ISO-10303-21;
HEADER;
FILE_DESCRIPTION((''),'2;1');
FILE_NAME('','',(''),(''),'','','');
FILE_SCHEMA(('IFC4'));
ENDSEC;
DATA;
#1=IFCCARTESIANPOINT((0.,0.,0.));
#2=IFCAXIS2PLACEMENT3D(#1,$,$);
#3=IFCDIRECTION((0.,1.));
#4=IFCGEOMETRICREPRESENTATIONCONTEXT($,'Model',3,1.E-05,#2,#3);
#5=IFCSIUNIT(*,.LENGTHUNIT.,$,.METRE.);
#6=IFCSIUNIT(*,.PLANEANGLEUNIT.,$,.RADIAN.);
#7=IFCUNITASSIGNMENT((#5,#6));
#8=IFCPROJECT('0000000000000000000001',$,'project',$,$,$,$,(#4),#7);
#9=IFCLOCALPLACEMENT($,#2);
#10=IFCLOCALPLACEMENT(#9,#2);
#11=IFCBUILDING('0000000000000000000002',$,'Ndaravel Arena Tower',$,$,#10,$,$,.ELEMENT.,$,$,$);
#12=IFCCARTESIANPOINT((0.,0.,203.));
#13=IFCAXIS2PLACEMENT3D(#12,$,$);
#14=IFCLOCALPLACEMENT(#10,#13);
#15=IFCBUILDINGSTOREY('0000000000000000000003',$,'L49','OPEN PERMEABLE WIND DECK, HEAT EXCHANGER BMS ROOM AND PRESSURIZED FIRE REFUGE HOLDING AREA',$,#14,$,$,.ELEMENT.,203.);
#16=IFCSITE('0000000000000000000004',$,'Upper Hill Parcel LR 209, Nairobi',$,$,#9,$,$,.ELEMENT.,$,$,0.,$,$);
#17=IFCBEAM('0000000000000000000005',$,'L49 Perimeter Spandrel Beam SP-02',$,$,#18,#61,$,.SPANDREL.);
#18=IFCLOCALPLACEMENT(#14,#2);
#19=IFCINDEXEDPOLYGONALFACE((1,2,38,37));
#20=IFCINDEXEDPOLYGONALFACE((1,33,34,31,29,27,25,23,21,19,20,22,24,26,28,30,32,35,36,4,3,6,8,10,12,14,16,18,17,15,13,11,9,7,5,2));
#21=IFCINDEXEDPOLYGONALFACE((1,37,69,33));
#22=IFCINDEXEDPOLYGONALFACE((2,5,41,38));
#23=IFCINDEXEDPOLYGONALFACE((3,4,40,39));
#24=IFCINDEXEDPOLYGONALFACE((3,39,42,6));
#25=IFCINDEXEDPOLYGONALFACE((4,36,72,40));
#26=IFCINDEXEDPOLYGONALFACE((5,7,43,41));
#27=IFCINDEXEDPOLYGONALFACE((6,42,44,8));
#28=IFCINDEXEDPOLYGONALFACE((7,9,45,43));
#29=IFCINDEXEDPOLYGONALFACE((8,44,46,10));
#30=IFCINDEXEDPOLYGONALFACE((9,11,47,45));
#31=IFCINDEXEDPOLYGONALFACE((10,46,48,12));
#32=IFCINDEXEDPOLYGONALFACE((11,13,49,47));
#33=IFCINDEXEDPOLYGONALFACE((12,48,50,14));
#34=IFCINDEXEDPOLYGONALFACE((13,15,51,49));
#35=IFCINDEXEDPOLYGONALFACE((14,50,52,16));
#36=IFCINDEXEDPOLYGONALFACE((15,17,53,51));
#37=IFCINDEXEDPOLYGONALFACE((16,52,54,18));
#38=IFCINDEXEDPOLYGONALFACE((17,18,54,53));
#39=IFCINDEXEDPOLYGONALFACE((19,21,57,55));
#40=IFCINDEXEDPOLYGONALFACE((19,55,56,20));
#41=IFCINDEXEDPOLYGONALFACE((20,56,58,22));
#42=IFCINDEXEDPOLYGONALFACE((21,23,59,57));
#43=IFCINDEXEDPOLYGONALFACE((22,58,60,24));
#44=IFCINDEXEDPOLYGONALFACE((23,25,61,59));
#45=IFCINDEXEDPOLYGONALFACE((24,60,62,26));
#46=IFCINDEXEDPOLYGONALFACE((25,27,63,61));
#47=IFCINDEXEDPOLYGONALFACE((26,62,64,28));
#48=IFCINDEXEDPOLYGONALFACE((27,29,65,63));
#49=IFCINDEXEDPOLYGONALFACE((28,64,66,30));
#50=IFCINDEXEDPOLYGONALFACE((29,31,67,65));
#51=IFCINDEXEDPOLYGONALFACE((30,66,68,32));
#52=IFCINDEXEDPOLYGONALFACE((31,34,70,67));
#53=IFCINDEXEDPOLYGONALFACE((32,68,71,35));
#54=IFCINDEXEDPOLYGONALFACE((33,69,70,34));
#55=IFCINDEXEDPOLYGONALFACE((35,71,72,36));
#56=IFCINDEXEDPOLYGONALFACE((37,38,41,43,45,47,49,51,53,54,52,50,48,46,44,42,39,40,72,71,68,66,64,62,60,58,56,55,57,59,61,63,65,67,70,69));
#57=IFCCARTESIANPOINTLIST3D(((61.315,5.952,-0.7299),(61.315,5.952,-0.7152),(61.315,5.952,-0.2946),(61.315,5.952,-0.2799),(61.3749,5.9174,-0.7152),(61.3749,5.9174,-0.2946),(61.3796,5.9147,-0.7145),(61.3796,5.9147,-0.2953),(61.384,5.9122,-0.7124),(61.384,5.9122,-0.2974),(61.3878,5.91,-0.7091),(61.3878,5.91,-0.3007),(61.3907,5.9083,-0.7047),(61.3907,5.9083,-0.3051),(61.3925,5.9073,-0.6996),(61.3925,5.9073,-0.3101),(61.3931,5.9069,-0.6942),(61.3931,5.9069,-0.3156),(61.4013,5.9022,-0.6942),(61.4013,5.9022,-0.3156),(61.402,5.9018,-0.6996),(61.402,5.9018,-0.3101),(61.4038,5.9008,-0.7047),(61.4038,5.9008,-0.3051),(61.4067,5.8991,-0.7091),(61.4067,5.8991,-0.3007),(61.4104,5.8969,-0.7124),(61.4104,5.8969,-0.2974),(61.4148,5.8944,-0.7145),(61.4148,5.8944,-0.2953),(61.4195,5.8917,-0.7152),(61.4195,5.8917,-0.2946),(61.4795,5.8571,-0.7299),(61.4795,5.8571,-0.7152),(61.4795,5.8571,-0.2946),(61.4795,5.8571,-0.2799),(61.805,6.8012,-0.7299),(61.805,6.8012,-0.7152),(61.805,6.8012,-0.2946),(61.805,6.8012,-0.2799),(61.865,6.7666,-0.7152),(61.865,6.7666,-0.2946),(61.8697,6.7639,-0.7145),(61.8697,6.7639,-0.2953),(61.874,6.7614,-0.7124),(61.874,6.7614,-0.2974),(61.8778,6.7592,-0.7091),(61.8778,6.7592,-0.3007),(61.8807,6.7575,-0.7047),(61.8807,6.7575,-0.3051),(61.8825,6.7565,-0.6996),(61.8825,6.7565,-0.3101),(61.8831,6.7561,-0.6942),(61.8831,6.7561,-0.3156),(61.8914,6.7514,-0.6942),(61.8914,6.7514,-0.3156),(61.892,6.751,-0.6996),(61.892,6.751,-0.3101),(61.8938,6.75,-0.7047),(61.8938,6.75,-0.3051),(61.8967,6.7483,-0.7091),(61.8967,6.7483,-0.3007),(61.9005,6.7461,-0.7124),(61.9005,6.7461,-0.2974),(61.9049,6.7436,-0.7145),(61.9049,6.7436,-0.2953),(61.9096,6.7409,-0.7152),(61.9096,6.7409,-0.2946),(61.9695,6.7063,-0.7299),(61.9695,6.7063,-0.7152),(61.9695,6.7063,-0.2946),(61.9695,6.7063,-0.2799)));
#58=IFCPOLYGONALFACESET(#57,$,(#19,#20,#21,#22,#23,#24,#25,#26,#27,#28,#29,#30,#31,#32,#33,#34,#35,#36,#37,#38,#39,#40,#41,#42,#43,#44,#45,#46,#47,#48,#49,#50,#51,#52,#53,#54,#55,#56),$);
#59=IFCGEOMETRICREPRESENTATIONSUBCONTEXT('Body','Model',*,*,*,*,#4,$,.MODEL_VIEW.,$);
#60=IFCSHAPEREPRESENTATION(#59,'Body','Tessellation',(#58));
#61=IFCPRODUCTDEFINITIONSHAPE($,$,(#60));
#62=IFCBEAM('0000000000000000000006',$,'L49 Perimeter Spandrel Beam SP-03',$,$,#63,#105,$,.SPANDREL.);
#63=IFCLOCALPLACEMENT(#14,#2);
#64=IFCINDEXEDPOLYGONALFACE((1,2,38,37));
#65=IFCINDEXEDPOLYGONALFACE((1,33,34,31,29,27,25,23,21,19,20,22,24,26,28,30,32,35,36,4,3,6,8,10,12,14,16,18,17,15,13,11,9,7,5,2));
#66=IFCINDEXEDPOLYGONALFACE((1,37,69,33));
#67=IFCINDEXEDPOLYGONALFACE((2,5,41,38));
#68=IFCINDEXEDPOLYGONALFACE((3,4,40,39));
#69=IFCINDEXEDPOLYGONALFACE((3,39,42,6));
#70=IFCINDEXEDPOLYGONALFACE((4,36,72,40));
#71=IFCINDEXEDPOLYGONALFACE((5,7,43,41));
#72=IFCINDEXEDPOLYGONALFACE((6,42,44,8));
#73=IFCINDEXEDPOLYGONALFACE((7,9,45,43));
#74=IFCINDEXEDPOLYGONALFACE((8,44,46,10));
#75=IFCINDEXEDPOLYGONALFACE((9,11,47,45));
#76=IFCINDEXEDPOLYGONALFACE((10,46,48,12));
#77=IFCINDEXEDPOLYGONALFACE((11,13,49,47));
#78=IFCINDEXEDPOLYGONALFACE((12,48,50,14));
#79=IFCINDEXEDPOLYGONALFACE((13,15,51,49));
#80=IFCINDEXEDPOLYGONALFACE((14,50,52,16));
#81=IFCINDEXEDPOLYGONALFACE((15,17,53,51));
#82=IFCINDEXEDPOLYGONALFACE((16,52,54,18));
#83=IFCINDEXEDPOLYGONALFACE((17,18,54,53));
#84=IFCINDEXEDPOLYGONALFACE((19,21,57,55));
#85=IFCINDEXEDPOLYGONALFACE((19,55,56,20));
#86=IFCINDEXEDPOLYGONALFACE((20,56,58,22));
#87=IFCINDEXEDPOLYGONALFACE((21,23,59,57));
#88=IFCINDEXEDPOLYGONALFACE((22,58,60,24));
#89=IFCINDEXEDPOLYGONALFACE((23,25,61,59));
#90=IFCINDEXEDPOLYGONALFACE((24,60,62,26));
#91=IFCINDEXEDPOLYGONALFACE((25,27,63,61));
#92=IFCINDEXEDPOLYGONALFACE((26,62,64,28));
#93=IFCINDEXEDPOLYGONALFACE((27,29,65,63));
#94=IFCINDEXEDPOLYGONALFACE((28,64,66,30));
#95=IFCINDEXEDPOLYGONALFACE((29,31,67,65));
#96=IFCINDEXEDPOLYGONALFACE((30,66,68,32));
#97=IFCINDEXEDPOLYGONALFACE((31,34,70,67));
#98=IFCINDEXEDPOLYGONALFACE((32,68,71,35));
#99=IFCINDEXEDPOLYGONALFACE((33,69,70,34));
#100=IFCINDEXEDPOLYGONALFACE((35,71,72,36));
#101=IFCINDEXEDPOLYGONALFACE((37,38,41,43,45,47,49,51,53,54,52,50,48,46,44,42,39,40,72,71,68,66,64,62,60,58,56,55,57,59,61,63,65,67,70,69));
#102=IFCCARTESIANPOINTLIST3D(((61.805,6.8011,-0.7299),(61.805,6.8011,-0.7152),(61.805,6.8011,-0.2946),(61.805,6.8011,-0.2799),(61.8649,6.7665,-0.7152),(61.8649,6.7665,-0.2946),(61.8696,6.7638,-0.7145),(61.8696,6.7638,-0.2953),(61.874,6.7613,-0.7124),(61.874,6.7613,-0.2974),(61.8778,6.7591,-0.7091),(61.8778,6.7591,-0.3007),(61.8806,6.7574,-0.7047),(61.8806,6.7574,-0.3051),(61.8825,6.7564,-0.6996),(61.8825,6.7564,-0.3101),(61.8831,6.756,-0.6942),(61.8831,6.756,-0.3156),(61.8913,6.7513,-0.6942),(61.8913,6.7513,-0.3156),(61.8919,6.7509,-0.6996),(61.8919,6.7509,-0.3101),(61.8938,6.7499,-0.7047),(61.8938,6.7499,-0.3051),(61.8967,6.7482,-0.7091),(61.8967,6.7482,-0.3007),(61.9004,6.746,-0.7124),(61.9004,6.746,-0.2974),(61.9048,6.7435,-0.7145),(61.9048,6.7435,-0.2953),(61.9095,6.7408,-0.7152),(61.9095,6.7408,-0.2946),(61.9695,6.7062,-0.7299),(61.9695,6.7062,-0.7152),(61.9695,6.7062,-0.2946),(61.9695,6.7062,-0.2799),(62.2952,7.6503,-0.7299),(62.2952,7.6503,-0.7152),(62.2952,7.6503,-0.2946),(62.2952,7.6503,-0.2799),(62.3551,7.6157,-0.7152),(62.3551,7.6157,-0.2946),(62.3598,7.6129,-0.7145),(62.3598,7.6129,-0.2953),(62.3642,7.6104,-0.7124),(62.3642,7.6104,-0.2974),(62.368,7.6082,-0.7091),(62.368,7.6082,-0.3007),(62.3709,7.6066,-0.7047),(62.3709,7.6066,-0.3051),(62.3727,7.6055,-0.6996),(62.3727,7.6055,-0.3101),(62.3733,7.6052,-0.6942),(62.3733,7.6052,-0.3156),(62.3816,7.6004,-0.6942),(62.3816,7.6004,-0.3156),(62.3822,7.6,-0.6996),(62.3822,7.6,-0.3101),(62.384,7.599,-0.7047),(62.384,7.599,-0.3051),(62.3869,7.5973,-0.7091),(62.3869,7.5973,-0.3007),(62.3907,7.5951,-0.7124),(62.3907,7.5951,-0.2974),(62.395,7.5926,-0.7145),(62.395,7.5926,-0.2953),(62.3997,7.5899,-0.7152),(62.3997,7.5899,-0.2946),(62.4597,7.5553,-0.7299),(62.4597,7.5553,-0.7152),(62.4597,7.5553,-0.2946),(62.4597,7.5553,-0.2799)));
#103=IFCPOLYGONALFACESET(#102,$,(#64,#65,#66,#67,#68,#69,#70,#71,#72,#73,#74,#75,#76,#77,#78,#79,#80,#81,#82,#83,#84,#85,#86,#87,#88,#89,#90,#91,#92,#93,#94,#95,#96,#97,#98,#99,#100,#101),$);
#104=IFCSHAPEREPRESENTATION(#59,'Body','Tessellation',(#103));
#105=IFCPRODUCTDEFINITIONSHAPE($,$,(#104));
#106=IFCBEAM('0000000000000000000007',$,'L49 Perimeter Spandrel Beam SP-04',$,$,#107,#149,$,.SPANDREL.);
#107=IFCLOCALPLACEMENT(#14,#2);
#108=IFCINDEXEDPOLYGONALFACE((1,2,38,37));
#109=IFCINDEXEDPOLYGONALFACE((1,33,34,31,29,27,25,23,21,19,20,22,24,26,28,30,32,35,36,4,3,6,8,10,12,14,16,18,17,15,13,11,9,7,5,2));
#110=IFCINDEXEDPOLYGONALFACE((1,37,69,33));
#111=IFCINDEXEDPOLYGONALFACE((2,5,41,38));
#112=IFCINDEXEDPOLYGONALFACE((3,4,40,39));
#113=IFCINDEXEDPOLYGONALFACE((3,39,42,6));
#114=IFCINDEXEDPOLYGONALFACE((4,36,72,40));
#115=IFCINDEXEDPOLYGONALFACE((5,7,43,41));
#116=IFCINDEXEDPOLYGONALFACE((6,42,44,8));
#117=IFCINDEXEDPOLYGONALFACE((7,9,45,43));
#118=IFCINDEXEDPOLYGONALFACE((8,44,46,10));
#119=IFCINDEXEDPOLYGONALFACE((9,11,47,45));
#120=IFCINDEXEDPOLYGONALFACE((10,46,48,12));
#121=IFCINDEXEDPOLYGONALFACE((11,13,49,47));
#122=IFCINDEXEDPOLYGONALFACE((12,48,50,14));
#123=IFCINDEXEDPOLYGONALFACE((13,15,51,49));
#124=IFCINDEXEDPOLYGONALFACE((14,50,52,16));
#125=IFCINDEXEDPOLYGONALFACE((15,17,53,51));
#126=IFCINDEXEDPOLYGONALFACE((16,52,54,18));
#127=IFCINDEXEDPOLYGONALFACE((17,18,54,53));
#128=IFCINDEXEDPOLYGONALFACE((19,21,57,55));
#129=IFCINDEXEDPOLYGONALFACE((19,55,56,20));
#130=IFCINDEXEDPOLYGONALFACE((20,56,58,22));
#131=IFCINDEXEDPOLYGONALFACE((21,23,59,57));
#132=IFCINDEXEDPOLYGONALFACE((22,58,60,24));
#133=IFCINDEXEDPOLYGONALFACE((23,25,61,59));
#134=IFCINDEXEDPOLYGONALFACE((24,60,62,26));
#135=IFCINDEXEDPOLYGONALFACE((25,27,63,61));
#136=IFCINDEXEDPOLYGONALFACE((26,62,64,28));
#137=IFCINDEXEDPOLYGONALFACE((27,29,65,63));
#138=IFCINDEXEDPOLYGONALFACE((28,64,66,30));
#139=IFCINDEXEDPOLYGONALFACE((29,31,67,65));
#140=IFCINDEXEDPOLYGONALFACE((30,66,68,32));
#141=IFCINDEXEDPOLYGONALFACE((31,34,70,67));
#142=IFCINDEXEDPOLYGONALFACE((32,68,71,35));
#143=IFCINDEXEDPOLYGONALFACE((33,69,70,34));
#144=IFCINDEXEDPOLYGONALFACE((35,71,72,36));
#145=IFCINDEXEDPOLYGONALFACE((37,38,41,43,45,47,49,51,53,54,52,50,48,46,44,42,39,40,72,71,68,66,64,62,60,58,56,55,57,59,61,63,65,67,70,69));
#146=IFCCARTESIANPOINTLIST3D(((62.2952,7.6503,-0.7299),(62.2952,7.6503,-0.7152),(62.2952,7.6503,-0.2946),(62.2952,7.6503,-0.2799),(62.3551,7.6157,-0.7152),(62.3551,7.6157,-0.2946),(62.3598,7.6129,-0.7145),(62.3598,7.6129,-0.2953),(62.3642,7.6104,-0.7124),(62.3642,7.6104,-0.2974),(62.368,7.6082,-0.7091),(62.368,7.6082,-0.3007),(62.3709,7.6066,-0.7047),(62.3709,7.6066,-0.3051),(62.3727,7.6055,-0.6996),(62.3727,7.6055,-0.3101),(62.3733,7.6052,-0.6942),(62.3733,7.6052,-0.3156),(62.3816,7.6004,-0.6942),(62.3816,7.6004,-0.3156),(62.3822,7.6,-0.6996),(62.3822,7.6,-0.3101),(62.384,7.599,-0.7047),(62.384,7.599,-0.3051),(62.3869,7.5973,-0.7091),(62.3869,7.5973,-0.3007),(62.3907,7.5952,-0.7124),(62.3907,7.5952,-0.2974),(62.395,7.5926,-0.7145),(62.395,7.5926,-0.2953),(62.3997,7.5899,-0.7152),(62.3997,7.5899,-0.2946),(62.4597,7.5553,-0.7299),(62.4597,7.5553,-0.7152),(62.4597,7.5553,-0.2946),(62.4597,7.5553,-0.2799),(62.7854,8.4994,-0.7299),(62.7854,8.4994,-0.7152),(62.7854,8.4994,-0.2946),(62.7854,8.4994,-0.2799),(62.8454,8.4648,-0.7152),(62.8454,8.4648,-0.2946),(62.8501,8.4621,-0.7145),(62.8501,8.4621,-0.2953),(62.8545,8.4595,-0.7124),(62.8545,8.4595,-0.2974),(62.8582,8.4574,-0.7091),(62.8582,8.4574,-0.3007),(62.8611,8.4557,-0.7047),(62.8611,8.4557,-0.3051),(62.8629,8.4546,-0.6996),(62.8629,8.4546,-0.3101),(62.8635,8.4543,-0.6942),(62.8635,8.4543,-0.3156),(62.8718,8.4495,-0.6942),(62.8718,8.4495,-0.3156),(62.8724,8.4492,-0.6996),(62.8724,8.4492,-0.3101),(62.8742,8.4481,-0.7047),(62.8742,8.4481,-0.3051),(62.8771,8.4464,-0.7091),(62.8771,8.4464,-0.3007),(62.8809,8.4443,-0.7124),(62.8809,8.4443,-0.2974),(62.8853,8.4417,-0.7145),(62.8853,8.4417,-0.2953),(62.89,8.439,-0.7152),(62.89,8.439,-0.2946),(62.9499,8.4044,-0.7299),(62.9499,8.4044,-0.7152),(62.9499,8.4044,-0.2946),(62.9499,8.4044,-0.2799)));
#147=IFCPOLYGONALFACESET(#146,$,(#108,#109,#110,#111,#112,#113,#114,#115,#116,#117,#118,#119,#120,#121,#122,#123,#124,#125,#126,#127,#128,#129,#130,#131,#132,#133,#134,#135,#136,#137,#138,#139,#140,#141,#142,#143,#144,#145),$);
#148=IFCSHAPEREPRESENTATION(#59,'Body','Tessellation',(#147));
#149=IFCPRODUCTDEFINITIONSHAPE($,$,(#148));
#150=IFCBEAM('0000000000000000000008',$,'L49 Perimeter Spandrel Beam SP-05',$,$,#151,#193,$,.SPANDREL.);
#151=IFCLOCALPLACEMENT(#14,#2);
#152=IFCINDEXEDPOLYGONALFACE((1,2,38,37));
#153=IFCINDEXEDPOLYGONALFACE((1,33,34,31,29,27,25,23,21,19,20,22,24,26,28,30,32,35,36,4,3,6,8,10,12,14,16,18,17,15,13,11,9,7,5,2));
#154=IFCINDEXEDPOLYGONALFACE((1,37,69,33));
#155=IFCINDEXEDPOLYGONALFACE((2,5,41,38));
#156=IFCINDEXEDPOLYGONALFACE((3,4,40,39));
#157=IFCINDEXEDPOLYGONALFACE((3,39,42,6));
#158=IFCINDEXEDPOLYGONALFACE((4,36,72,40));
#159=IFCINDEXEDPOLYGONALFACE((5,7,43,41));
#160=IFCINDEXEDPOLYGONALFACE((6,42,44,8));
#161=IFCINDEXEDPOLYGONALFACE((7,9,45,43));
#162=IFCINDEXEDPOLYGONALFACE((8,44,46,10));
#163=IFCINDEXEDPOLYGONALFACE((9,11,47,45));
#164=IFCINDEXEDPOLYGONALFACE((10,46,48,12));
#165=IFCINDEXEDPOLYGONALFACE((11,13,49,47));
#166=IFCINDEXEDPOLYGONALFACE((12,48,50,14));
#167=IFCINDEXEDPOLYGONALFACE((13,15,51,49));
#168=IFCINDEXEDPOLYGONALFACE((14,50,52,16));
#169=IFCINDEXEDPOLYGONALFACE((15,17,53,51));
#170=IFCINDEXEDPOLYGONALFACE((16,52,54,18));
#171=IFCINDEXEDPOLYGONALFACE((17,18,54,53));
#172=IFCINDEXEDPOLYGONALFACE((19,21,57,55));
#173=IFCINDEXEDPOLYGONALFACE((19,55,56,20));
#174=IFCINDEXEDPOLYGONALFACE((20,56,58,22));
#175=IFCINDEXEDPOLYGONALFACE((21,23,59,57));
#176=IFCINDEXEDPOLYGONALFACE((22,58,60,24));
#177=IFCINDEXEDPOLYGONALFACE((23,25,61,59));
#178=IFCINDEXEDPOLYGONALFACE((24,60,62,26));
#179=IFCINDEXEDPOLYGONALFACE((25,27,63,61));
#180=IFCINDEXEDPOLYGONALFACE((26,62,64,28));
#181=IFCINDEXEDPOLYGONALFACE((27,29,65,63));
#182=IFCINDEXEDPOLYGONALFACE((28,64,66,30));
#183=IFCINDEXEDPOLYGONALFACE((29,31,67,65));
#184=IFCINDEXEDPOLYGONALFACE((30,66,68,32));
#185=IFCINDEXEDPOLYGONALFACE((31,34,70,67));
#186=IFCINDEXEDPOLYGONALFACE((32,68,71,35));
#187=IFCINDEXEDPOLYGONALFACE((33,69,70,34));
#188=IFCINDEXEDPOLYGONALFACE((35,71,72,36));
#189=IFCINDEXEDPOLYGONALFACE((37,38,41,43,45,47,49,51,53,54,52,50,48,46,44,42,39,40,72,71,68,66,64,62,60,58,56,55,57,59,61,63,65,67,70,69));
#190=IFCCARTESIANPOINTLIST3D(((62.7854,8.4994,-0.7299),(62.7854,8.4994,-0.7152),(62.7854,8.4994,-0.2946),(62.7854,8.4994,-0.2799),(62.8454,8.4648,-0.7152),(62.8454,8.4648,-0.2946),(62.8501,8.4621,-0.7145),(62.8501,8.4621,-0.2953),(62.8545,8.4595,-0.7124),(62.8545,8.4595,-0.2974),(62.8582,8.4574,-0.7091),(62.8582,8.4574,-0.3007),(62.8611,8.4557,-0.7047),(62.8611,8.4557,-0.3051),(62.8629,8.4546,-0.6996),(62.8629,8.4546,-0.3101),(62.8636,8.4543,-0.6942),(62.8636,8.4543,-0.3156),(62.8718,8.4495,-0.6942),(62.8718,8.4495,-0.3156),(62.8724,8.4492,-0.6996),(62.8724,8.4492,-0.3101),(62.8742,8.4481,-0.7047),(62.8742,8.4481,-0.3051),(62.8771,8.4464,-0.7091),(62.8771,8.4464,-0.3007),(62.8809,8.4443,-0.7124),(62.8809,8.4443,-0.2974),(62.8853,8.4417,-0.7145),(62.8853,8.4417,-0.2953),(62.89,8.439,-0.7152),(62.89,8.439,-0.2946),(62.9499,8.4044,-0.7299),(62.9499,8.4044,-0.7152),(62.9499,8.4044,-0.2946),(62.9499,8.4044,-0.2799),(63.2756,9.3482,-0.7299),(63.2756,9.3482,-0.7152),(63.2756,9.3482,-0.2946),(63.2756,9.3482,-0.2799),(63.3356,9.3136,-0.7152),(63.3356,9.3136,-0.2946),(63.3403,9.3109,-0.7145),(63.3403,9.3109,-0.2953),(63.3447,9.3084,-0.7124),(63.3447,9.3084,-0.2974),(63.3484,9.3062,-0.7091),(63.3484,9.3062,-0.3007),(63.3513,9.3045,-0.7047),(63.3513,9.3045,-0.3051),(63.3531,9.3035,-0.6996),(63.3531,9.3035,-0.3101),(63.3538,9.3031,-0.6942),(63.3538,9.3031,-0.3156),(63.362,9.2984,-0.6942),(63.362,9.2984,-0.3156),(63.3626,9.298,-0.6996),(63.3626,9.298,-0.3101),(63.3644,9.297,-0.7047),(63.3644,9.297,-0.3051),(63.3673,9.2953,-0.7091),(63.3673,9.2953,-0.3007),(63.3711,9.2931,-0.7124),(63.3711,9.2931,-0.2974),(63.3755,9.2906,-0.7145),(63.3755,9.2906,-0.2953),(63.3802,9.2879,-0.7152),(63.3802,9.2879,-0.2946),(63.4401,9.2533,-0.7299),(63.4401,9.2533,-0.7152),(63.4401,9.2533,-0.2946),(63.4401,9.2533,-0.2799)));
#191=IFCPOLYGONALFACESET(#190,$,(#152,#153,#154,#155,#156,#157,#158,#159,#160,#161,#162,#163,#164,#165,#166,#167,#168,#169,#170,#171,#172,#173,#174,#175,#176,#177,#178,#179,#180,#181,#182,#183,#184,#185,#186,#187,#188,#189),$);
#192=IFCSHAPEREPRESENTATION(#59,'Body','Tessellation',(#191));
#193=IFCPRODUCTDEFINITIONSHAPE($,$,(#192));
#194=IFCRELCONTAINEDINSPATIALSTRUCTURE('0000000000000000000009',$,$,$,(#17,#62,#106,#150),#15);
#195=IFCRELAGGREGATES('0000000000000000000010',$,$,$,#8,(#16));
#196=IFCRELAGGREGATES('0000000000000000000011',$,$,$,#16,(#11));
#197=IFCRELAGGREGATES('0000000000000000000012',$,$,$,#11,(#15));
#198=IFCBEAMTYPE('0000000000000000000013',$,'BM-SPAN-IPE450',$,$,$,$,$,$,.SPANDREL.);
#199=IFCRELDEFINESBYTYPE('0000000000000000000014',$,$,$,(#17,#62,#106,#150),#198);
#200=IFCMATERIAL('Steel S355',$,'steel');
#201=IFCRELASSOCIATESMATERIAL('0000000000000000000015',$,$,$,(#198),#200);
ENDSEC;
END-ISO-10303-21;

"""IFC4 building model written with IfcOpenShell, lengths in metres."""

from ifc_helpers import new_model, si_unit, direction, frame, origin, origin_2d, place, context, subcontext, project, spatial, i_section, extrude, material, material_profile, profile_set, type_object, element, save


model = new_model("IFC4")

# Units and contexts
model_context = context("Model", 3, precision=1e-05, world=origin(), true_north=direction((0.0, 1.0)))
body_context = subcontext(model_context, "Body", "Model", "MODEL_VIEW")
ifc_project = project(units=[si_unit("LENGTHUNIT", "METRE"), si_unit("PLANEANGLEUNIT", "RADIAN")], contexts=[model_context])

# Site, building, storey
site_placement = place(None, origin())
site = spatial("IfcSite", under=ifc_project, at=site_placement, Name="Upper Hill Parcel LR 209, Nairobi", CompositionType="ELEMENT", RefElevation=0.0)
building_placement = place(site_placement, origin())
building = spatial("IfcBuilding", under=site, at=building_placement, Name="Ndaravel Arena Tower", CompositionType="ELEMENT")
storey_placement = place(building_placement, frame((0.0, 0.0, 203.0)))
storey = spatial("IfcBuildingStorey", under=building, at=storey_placement, Name="L49", Description="OPEN PERMEABLE WIND DECK, HEAT EXCHANGER BMS ROOM AND PRESSURIZED FIRE REFUGE HOLDING AREA", CompositionType="ELEMENT", Elevation=203.0)

# Beams
ifc_material_1 = material(Name="Steel S355", Category="steel")
ifc_material_profile_1 = material_profile(ifc_material_1, i_section(OverallWidth=0.1899, OverallDepth=0.45, WebThickness=0.0095, FlangeThickness=0.0146, FilletRadius=0.021, at=origin_2d()), Name="IPE 450")
ifc_profile_set_1 = profile_set([ifc_material_profile_1], Name="Steel S355")
beam_type = type_object("IfcBeamType", Name="BM-SPAN-IPE450", PredefinedType="SPANDREL", material=ifc_profile_set_1)
for number, where, z_axis, x_axis, name in (
    (1, (61.3972, 5.9045, -0.5049), (0.499809, 0.866136, 0.0), (-0.866136, 0.499809, 0.0), "L49 Perimeter Spandrel Beam SP-02"),
    (2, (61.8872, 6.7537, -0.5049), (0.499995, 0.866028, 0.0), (-0.866028, 0.499995, 0.0), "L49 Perimeter Spandrel Beam SP-03"),
    (3, (62.3774, 7.6028, -0.5049), (0.499995, 0.866028, 0.0), (-0.866028, 0.499995, 0.0), "L49 Perimeter Spandrel Beam SP-04"),
):
    element("IfcBeam", number, at=place(storey_placement, frame(where, z_axis=z_axis, x_axis=x_axis)), inside=storey, type_object=beam_type, Name=name, PredefinedType="SPANDREL", context=body_context, shape_type="SweptSolid", body=[
        extrude(i_section(OverallWidth=0.1899, OverallDepth=0.45, WebThickness=0.0095, FlangeThickness=0.0146, FilletRadius=0.021, at=origin_2d()), origin(), (0.0, 0.0, 1.0), 0.9805),
    ])
beam_1_placement = place(storey_placement, frame((62.8677, 8.4519, -0.5049), z_axis=(0.500103, 0.865966, 0.0), x_axis=(-0.865966, 0.500103, 0.0)))
element("IfcBeam", 4, at=beam_1_placement, inside=storey, type_object=beam_type, Name="L49 Perimeter Spandrel Beam SP-05", PredefinedType="SPANDREL", context=body_context, shape_type="SweptSolid", body=[
    extrude(i_section(OverallWidth=0.1899, OverallDepth=0.45, WebThickness=0.0095, FlangeThickness=0.0146, FilletRadius=0.021, at=origin_2d()), origin(), (0.0, 0.0, 1.0), 0.9802),
])

save(model, "model.ifc")
